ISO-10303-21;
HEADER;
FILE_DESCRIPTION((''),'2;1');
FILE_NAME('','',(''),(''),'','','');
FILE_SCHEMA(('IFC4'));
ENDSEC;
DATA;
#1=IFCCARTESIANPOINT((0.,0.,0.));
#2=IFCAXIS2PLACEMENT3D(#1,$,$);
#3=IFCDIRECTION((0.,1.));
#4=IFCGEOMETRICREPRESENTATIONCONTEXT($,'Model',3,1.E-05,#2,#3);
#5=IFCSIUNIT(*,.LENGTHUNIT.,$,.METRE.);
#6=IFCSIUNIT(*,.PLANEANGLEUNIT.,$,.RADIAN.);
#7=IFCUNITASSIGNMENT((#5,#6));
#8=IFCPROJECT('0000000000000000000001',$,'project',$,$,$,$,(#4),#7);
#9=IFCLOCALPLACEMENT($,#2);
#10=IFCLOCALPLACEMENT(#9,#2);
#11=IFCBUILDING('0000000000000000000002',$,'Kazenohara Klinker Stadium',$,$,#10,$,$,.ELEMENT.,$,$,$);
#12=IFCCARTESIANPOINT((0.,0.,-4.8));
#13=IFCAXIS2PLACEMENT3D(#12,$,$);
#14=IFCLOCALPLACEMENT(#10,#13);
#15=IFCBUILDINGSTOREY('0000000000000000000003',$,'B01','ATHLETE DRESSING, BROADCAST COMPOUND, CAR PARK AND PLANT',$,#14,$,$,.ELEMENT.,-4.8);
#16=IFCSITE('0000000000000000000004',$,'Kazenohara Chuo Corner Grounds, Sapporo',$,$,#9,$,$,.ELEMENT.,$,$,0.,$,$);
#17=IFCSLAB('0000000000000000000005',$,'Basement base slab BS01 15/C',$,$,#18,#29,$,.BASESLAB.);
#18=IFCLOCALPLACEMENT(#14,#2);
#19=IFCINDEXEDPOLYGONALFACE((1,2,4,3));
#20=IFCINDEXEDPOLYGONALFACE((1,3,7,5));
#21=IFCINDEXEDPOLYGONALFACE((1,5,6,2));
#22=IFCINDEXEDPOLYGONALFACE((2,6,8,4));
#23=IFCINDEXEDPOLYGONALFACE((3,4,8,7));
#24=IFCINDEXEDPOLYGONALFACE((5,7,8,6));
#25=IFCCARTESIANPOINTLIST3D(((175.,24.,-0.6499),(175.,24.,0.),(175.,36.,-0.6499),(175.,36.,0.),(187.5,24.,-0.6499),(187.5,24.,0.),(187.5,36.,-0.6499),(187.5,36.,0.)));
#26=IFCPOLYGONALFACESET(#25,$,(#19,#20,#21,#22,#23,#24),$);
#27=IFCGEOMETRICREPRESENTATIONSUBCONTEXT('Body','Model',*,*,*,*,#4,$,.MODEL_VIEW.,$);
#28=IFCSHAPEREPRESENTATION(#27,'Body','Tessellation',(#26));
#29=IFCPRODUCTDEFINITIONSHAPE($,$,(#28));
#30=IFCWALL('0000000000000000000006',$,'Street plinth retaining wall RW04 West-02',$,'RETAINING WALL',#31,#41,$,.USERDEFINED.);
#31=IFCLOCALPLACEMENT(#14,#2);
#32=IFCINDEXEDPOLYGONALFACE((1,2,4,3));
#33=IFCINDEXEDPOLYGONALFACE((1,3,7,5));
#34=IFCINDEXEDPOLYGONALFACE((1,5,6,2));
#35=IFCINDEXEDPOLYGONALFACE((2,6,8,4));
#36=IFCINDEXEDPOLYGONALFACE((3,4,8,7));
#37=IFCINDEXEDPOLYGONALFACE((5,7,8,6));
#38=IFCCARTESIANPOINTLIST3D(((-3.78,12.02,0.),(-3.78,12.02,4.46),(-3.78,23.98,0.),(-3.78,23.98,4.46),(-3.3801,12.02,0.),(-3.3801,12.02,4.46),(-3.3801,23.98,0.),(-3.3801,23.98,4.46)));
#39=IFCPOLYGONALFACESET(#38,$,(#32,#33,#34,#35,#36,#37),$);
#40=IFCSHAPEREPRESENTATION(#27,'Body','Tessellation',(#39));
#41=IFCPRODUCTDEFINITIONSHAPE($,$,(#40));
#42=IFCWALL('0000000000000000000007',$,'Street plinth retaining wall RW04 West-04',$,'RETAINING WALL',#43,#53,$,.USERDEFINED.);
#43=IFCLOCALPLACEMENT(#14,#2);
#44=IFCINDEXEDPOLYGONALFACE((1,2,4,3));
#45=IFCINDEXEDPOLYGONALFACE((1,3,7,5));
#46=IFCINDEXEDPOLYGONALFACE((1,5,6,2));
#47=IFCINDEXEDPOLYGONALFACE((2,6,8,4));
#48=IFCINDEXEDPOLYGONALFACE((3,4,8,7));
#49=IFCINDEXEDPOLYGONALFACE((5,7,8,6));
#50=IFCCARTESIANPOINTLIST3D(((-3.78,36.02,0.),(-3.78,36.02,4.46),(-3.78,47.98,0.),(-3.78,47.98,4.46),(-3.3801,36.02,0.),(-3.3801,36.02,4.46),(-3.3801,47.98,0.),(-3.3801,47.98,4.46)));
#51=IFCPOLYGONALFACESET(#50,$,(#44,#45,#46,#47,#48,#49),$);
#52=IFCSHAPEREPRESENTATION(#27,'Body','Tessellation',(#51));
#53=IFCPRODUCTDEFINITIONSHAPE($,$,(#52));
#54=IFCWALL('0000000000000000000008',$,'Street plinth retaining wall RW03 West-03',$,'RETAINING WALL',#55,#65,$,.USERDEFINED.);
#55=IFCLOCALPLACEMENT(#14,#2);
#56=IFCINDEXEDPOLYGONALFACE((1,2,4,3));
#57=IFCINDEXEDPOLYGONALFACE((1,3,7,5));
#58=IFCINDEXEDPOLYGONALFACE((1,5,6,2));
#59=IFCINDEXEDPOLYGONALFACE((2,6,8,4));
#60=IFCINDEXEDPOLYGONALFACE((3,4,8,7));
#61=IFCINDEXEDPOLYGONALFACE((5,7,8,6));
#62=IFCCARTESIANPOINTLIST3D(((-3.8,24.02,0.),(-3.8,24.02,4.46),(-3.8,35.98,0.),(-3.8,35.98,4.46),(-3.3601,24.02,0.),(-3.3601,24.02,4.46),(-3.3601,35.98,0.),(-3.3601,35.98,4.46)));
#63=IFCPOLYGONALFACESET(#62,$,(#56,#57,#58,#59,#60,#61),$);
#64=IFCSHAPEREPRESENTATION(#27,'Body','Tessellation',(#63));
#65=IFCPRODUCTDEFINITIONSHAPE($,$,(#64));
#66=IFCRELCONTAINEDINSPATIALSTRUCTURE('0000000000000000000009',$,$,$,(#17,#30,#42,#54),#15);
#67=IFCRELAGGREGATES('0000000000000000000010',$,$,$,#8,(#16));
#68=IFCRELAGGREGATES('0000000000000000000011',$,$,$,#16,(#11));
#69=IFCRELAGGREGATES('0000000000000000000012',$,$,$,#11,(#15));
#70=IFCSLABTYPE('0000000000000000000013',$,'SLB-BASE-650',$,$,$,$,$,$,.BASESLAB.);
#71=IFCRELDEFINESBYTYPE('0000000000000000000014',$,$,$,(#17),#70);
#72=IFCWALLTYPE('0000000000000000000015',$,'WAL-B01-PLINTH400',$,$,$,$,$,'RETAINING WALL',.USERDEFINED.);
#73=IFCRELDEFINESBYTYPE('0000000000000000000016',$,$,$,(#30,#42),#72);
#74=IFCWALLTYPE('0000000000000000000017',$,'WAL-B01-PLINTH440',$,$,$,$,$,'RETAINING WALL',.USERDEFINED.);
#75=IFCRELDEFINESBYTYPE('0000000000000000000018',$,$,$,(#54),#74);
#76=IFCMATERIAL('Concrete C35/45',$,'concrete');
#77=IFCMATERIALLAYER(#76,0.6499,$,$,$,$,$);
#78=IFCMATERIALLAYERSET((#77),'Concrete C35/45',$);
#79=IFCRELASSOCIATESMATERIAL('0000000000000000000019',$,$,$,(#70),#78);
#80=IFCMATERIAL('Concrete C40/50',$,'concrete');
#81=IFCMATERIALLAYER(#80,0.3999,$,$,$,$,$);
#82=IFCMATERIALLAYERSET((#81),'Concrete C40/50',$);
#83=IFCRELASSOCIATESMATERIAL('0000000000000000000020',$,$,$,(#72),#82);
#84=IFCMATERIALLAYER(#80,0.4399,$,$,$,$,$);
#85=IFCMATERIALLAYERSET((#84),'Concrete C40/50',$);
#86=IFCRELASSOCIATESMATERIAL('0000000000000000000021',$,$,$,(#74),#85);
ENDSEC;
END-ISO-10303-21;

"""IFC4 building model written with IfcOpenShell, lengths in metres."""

from ifc_helpers import new_model, si_unit, direction, frame, frame_2d, origin, place, context, subcontext, project, spatial, polyline, rectangle, outline, extrude, material, layer, layer_set, type_object, element, save


model = new_model("IFC4")

# Units and contexts
model_context = context("Model", 3, precision=1e-05, world=origin(), true_north=direction((0.0, 1.0)))
body_context = subcontext(model_context, "Body", "Model", "MODEL_VIEW")
ifc_project = project(units=[si_unit("LENGTHUNIT", "METRE"), si_unit("PLANEANGLEUNIT", "RADIAN")], contexts=[model_context])

# Site, building, storey
site_placement = place(None, origin())
site = spatial("IfcSite", under=ifc_project, at=site_placement, Name="Kazenohara Chuo Corner Grounds, Sapporo", CompositionType="ELEMENT", RefElevation=0.0)
building_placement = place(site_placement, origin())
building = spatial("IfcBuilding", under=site, at=building_placement, Name="Kazenohara Klinker Stadium", CompositionType="ELEMENT")
storey_placement = place(building_placement, frame((0.0, 0.0, -4.8)))
storey = spatial("IfcBuildingStorey", under=building, at=storey_placement, Name="B01", Description="ATHLETE DRESSING, BROADCAST COMPOUND, CAR PARK AND PLANT", CompositionType="ELEMENT", Elevation=-4.8)

# Shared definitions
ifc_material_1 = material(Name="Concrete C35/45", Category="concrete")

# Shared definitions
ifc_material_2 = material(Name="Concrete C40/50", Category="concrete")

# Slab
ifc_layer_1 = layer(ifc_material_1, 0.6499)
ifc_layer_set_1 = layer_set([ifc_layer_1], Name="Concrete C35/45")
slab_type_1 = type_object("IfcSlabType", Name="SLB-BASE-650", PredefinedType="BASESLAB", material=ifc_layer_set_1)
slab_1_placement = place(storey_placement, frame((0.0, 0.0, -0.6499)))
element("IfcSlab", 1, at=slab_1_placement, inside=storey, type_object=slab_type_1, Name="Basement base slab BS01 15/C", PredefinedType="BASESLAB", context=body_context, shape_type="SweptSolid", body=[
    extrude(outline(polyline([(175.0, 24.0), (187.5, 24.0), (187.5, 36.0), (175.0, 36.0), (175.0, 24.0)])), origin(), (0.0, 0.0, 1.0), 0.6499),
])

# Walls
ifc_layer_2 = layer(ifc_material_2, 0.3999)
ifc_layer_set_2 = layer_set([ifc_layer_2], Name="Concrete C40/50")
wall_type_1 = type_object("IfcWallType", Name="WAL-B01-PLINTH400", ElementType="RETAINING WALL", PredefinedType="USERDEFINED", material=ifc_layer_set_2)
for number, where, z_axis, x_axis, name in (
    (2, (-3.5801, 12.02, 0.0), (0.0, 0.0, 1.0), (0.0, 1.0, 0.0), "Street plinth retaining wall RW04 West-02"),
    (3, (-3.5801, 36.02, 0.0), (0.0, 0.0, 1.0), (0.0, 1.0, 0.0), "Street plinth retaining wall RW04 West-04"),
):
    element("IfcWall", number, at=place(storey_placement, frame(where, z_axis=z_axis, x_axis=x_axis)), inside=storey, type_object=wall_type_1, Name=name, ObjectType="RETAINING WALL", PredefinedType="USERDEFINED", context=body_context, shape_type="SweptSolid", body=[
        extrude(rectangle(XDim=11.96, YDim=0.3999, at=frame_2d((5.98, 0.0))), origin(), (0.0, 0.0, 1.0), 4.46),
    ])
ifc_layer_3 = layer(ifc_material_2, 0.4399)
ifc_layer_set_3 = layer_set([ifc_layer_3], Name="Concrete C40/50")
wall_type_2 = type_object("IfcWallType", Name="WAL-B01-PLINTH440", ElementType="RETAINING WALL", PredefinedType="USERDEFINED", material=ifc_layer_set_3)
wall_placement = place(storey_placement, frame((-3.5801, 24.02, 0.0), z_axis=(0.0, 0.0, 1.0), x_axis=(0.0, 1.0, 0.0)))
element("IfcWall", 4, at=wall_placement, inside=storey, type_object=wall_type_2, Name="Street plinth retaining wall RW03 West-03", ObjectType="RETAINING WALL", PredefinedType="USERDEFINED", context=body_context, shape_type="SweptSolid", body=[
    extrude(rectangle(XDim=11.96, YDim=0.4399, at=frame_2d((5.98, 0.0))), origin(), (0.0, 0.0, 1.0), 4.46),
])

save(model, "model.ifc")
